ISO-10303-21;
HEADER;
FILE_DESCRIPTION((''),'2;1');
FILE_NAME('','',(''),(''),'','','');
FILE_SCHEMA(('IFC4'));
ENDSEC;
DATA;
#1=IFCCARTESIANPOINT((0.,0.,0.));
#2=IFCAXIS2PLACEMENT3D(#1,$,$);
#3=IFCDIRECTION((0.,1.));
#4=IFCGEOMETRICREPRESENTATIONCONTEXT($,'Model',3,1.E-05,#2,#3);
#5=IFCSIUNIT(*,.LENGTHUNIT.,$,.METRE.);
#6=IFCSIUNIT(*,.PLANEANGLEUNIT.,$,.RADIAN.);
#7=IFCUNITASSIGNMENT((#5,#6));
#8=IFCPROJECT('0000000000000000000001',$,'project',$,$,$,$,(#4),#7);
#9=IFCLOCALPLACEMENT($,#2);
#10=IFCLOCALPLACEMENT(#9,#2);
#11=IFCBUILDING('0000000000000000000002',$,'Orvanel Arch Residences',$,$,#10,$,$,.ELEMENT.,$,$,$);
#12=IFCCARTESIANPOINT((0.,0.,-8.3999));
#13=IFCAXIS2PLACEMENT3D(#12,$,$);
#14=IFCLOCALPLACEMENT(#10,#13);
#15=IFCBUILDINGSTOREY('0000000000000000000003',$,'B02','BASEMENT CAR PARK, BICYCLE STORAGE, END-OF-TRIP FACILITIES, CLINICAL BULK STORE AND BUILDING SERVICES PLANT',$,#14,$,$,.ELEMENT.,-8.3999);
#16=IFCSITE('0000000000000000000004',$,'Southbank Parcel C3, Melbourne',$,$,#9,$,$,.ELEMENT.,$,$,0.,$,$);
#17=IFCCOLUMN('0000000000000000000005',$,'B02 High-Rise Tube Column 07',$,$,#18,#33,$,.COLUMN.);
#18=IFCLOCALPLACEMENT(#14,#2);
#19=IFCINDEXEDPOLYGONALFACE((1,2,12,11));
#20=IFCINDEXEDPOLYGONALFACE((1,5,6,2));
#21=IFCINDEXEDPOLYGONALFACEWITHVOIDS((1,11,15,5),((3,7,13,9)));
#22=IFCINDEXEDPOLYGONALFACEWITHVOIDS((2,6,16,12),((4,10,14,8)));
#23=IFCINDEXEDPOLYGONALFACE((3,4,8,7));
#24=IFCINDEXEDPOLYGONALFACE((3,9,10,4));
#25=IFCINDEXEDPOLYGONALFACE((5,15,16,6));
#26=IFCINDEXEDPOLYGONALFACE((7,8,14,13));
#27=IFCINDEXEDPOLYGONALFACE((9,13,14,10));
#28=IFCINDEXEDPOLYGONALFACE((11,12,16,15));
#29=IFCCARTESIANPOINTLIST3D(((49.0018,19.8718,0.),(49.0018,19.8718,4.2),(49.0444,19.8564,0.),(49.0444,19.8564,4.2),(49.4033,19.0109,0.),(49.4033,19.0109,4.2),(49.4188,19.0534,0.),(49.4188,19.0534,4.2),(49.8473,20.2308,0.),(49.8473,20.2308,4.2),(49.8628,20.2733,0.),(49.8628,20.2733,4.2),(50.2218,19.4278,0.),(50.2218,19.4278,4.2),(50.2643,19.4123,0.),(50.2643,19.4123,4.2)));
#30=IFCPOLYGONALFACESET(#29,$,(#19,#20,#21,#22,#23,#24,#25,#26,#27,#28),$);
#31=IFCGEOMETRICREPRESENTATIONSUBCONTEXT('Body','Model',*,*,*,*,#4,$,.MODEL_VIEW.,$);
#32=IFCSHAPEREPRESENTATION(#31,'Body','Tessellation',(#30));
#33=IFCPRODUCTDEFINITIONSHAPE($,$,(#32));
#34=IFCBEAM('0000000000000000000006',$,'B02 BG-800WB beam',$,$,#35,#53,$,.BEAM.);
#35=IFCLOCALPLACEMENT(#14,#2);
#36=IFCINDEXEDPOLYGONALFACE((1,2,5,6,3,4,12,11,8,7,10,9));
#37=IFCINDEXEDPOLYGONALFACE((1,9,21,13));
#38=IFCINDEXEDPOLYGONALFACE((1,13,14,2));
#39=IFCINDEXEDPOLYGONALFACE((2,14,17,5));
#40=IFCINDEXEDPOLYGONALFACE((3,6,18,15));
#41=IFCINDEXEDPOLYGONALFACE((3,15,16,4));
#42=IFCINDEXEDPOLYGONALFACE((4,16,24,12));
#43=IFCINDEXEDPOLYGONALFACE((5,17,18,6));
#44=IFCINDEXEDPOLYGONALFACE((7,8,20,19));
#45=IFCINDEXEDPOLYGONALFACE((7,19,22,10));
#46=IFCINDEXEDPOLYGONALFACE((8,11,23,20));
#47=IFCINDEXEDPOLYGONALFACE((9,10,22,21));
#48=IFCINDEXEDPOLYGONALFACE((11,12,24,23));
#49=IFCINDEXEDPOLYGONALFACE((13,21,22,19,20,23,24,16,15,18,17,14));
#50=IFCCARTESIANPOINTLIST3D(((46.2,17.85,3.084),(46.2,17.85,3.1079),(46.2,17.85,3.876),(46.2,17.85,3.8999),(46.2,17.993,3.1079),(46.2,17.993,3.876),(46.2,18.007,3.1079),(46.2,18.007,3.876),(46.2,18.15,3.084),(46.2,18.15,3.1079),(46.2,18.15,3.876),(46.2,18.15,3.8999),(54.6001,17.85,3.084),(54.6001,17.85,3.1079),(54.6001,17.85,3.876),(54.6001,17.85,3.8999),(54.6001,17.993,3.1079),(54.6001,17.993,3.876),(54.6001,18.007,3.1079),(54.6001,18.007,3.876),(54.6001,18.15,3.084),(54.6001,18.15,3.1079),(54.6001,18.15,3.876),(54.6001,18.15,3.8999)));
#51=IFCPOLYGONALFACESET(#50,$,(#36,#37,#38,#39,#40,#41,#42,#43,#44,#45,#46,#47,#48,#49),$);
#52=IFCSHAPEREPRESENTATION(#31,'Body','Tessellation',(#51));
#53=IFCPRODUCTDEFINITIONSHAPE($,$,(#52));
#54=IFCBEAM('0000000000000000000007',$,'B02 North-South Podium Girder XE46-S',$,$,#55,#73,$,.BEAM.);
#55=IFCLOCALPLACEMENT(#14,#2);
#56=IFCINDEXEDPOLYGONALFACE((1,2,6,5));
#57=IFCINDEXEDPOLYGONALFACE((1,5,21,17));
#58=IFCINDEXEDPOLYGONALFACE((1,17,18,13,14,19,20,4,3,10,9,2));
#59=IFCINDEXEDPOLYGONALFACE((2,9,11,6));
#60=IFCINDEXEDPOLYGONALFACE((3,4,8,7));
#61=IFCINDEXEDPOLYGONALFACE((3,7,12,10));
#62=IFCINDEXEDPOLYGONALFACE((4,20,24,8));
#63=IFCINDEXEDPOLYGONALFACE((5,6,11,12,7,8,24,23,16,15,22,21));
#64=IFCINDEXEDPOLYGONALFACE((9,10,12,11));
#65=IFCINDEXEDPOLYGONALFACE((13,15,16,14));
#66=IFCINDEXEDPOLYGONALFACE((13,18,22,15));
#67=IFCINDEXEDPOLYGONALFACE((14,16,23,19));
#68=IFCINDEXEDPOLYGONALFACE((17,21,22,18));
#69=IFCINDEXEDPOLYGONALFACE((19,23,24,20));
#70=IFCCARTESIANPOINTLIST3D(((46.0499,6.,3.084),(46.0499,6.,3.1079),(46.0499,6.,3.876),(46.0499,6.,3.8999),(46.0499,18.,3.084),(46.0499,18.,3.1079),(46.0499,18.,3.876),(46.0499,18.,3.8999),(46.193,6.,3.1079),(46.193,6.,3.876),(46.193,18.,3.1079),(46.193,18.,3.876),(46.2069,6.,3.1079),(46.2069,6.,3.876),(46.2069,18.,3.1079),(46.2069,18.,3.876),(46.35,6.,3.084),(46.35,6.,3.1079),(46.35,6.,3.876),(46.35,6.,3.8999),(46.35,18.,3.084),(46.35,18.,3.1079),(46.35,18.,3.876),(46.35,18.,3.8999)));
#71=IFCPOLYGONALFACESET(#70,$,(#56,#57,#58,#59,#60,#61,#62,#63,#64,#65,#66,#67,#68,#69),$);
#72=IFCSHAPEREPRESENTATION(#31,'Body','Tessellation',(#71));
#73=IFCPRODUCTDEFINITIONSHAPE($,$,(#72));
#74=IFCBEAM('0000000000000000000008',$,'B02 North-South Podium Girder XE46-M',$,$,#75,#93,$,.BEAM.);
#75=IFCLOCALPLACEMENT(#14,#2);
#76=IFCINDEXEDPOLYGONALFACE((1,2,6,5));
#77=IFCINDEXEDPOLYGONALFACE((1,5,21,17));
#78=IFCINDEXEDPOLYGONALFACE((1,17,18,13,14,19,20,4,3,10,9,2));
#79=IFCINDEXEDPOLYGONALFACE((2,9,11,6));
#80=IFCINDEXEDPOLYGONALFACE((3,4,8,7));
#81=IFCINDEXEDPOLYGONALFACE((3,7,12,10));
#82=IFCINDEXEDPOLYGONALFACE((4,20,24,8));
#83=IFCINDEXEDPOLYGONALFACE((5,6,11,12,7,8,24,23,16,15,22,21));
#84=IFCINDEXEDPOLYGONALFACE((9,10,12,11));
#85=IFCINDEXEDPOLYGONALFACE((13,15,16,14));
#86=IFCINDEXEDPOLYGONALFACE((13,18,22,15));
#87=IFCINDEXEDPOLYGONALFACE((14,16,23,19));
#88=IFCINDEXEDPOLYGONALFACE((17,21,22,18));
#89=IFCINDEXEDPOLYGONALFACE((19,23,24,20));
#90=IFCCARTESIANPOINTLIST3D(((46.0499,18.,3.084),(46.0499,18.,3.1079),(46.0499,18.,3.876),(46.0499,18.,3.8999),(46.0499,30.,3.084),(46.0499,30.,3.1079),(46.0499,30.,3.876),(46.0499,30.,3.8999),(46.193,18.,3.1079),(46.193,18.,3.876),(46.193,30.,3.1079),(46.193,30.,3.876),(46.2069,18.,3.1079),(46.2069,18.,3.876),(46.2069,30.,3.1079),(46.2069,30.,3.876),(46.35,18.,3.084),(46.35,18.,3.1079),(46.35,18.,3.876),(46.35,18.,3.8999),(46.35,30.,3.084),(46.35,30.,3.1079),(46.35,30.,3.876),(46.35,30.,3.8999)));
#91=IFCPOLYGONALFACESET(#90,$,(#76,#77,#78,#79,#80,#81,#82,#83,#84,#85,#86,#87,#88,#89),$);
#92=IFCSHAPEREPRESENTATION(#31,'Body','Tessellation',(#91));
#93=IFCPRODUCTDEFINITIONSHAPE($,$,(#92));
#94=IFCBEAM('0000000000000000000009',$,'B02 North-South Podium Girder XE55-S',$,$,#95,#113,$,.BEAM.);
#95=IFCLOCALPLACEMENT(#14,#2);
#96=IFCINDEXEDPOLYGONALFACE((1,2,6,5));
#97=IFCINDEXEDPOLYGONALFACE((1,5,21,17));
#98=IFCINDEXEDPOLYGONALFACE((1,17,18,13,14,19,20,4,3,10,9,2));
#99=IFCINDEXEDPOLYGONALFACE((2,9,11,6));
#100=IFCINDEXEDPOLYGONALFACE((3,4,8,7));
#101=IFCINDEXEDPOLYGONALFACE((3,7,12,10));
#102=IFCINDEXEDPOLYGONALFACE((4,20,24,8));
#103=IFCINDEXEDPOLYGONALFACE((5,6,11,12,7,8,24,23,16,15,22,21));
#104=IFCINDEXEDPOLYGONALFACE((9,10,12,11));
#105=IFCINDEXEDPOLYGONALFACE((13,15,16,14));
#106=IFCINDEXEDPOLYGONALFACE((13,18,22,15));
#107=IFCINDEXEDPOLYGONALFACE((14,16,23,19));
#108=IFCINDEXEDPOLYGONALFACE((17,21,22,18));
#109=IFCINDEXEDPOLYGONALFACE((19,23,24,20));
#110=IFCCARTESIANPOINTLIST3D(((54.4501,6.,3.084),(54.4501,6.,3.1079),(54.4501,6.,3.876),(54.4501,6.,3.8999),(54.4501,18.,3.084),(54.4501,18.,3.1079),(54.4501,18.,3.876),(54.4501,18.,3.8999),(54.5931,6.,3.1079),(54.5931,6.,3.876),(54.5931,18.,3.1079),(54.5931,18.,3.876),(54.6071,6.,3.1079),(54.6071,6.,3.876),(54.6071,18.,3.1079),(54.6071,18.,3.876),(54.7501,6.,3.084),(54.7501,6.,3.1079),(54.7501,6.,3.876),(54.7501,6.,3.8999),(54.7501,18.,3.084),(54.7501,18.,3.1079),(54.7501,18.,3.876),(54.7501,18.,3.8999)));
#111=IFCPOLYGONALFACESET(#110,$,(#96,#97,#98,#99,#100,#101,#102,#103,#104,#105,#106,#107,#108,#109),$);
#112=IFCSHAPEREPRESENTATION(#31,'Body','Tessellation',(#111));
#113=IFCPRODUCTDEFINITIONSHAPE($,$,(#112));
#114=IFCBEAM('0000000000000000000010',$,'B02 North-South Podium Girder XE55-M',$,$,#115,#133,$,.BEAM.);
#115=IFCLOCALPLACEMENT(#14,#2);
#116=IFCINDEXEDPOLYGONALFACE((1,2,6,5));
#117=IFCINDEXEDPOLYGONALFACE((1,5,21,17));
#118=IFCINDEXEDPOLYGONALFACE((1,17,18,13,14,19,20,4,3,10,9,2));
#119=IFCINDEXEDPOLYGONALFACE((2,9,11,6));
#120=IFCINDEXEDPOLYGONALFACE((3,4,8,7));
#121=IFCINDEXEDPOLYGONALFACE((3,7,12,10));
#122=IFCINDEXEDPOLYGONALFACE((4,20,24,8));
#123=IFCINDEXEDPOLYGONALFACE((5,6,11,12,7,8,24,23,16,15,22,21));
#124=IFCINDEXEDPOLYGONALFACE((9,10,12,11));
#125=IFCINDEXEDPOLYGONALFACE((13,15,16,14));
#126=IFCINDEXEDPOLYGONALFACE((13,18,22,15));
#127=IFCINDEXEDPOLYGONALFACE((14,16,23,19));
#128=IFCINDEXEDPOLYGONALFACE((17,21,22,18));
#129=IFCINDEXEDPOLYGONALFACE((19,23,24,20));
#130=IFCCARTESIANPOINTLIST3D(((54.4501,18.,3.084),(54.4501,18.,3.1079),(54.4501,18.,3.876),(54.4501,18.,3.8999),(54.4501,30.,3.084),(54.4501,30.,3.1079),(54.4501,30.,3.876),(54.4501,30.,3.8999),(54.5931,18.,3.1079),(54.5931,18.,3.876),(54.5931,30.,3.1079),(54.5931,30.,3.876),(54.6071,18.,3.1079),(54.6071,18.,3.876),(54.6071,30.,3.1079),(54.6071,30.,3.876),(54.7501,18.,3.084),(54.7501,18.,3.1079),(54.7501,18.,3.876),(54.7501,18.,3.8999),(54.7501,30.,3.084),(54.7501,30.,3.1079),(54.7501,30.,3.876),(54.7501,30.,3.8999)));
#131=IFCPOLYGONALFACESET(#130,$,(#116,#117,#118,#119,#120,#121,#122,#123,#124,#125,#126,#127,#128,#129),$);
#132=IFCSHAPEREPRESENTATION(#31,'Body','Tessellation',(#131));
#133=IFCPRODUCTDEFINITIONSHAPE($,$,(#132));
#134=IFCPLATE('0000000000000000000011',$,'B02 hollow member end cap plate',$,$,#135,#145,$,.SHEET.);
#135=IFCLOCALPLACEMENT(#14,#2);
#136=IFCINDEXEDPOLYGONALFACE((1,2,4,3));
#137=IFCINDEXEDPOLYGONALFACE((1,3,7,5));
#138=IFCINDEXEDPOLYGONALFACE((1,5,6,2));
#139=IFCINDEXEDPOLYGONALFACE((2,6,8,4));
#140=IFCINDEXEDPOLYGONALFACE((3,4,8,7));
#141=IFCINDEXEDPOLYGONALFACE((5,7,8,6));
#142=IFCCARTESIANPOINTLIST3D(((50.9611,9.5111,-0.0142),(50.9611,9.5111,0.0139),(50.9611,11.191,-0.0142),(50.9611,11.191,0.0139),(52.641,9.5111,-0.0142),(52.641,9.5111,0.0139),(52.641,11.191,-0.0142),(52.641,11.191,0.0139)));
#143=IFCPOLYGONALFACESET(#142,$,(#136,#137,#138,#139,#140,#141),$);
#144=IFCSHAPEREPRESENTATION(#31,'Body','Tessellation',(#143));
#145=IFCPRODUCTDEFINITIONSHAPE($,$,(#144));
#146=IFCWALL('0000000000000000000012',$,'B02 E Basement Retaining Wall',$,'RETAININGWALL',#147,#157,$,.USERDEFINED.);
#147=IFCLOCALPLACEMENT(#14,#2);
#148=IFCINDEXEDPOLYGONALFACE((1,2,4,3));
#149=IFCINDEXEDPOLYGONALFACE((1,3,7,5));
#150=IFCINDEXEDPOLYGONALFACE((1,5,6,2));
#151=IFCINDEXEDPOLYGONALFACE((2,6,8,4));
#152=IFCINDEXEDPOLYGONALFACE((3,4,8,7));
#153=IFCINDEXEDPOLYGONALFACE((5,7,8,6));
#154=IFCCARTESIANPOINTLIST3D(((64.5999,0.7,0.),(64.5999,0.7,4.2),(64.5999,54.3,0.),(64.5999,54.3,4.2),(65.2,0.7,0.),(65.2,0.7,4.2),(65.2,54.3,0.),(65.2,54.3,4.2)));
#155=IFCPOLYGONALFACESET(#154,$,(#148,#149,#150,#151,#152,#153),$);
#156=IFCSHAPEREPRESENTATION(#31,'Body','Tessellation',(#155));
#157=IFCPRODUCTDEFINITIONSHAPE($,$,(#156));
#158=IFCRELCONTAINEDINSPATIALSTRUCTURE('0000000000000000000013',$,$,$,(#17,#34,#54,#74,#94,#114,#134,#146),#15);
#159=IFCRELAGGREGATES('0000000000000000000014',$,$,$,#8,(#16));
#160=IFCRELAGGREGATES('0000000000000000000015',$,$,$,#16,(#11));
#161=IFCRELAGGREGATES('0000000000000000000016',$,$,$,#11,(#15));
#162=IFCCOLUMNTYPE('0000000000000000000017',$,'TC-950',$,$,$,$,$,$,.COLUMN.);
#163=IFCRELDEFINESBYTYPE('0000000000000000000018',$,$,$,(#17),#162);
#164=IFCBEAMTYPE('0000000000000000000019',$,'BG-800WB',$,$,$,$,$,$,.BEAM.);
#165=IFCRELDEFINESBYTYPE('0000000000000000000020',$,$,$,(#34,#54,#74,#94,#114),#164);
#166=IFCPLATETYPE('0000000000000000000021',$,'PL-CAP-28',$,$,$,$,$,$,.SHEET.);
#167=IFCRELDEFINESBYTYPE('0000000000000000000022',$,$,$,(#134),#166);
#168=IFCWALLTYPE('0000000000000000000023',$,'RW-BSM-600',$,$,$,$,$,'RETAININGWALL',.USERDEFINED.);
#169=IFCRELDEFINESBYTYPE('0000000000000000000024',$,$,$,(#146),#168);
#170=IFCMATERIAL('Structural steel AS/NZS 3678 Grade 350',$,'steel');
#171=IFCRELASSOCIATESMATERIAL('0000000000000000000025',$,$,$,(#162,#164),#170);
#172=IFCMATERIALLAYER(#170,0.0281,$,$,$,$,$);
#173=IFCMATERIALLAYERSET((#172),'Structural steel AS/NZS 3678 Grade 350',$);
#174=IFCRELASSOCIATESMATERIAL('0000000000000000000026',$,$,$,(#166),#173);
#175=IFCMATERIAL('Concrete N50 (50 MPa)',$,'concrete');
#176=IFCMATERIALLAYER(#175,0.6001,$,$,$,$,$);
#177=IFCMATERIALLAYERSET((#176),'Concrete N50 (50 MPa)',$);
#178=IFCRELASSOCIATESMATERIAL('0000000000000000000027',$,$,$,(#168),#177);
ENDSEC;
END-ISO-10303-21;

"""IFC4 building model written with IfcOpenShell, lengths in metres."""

from ifc_helpers import new_model, si_unit, direction, frame, frame_2d, origin, origin_2d, place, context, subcontext, project, spatial, rectangle, hollow_rectangle, i_section, extrude, material, layer, layer_set, material_profile, profile_set, type_object, element, save


model = new_model("IFC4")

# Units and contexts
model_context = context("Model", 3, precision=1e-05, world=origin(), true_north=direction((0.0, 1.0)))
body_context = subcontext(model_context, "Body", "Model", "MODEL_VIEW")
ifc_project = project(units=[si_unit("LENGTHUNIT", "METRE"), si_unit("PLANEANGLEUNIT", "RADIAN")], contexts=[model_context])

# Site, building, storey
site_placement = place(None, origin())
site = spatial("IfcSite", under=ifc_project, at=site_placement, Name="Southbank Parcel C3, Melbourne", CompositionType="ELEMENT", RefElevation=0.0)
building_placement = place(site_placement, origin())
building = spatial("IfcBuilding", under=site, at=building_placement, Name="Orvanel Arch Residences", CompositionType="ELEMENT")
storey_placement = place(building_placement, frame((0.0, 0.0, -8.3999)))
storey = spatial("IfcBuildingStorey", under=building, at=storey_placement, Name="B02", Description="BASEMENT CAR PARK, BICYCLE STORAGE, END-OF-TRIP FACILITIES, CLINICAL BULK STORE AND BUILDING SERVICES PLANT", CompositionType="ELEMENT", Elevation=-8.3999)

# Shared definitions
ifc_material_1 = material(Name="Concrete N50 (50 MPa)", Category="concrete")

# Column
ifc_material_2 = material(Name="Structural steel AS/NZS 3678 Grade 350", Category="steel")
ifc_material_profile_1 = material_profile(ifc_material_2, hollow_rectangle(XDim=0.95, YDim=0.95, WallThickness=0.032, at=origin_2d()), Name="BOX950x950x32")
ifc_profile_set_1 = profile_set([ifc_material_profile_1], Name="Structural steel AS/NZS 3678 Grade 350")
column_type_1 = type_object("IfcColumnType", Name="TC-950", PredefinedType="COLUMN", material=ifc_profile_set_1)
column_1_placement = place(storey_placement, frame((49.6331, 19.6421, 0.0), z_axis=(0.0, 0.0, 1.0), x_axis=(-0.422618, 0.906308, 0.0)))
element("IfcColumn", 1, at=column_1_placement, inside=storey, type_object=column_type_1, Name="B02 High-Rise Tube Column 07", PredefinedType="COLUMN", context=body_context, shape_type="SweptSolid", body=[
    extrude(hollow_rectangle(XDim=0.95, YDim=0.95, WallThickness=0.032, at=origin_2d()), origin(), (0.0, 0.0, 1.0), 4.2),
])

# Beams
ifc_material_profile_2 = material_profile(ifc_material_2, i_section(OverallWidth=0.3, OverallDepth=0.8159, WebThickness=0.0139, FlangeThickness=0.0239, at=origin_2d()), Name="800WB192")
ifc_profile_set_2 = profile_set([ifc_material_profile_2], Name="Structural steel AS/NZS 3678 Grade 350")
beam_type = type_object("IfcBeamType", Name="BG-800WB", PredefinedType="BEAM", material=ifc_profile_set_2)
beam_placement = place(storey_placement, frame((46.2, 18.0, 3.4919), z_axis=(1.0, 0.0, 0.0), x_axis=(0.0, 1.0, 0.0)))
element("IfcBeam", 2, at=beam_placement, inside=storey, type_object=beam_type, Name="B02 BG-800WB beam", PredefinedType="BEAM", context=body_context, shape_type="SweptSolid", body=[
    extrude(i_section(OverallWidth=0.3, OverallDepth=0.8159, WebThickness=0.0139, FlangeThickness=0.0239, at=origin_2d()), origin(), (0.0, 0.0, 1.0), 8.4001),
])
for number, where, z_axis, x_axis, name in (
    (3, (46.2, 6.0, 3.4919), (0.0, 1.0, 0.0), (-1.0, 0.0, 0.0), "B02 North-South Podium Girder XE46-S"),
    (4, (46.2, 18.0, 3.4919), (0.0, 1.0, 0.0), (-1.0, 0.0, 0.0), "B02 North-South Podium Girder XE46-M"),
    (5, (54.6001, 6.0, 3.4919), (0.0, 1.0, 0.0), (-1.0, 0.0, 0.0), "B02 North-South Podium Girder XE55-S"),
    (6, (54.6001, 18.0, 3.4919), (0.0, 1.0, 0.0), (-1.0, 0.0, 0.0), "B02 North-South Podium Girder XE55-M"),
):
    element("IfcBeam", number, at=place(storey_placement, frame(where, z_axis=z_axis, x_axis=x_axis)), inside=storey, type_object=beam_type, Name=name, PredefinedType="BEAM", context=body_context, shape_type="SweptSolid", body=[
        extrude(i_section(OverallWidth=0.3, OverallDepth=0.8159, WebThickness=0.0139, FlangeThickness=0.0239, at=origin_2d()), origin(), (0.0, 0.0, 1.0), 12.0),
    ])

# Plate
ifc_layer_1 = layer(ifc_material_2, 0.0281)
ifc_layer_set_1 = layer_set([ifc_layer_1], Name="Structural steel AS/NZS 3678 Grade 350")
plate_type = type_object("IfcPlateType", Name="PL-CAP-28", PredefinedType="SHEET", material=ifc_layer_set_1)
plate_placement = place(storey_placement, frame((51.801, 10.3511, -0.0142), z_axis=(0.0, 0.0, 1.0), x_axis=(1.0, 0.0, 0.0)))
element("IfcPlate", 7, at=plate_placement, inside=storey, type_object=plate_type, Name="B02 hollow member end cap plate", PredefinedType="SHEET", context=body_context, shape_type="SweptSolid", body=[
    extrude(rectangle(XDim=1.6799, YDim=1.6799, at=origin_2d()), origin(), (0.0, 0.0, 1.0), 0.0281),
])

# Wall
ifc_layer_2 = layer(ifc_material_1, 0.6001)
ifc_layer_set_2 = layer_set([ifc_layer_2], Name="Concrete N50 (50 MPa)")
wall_type = type_object("IfcWallType", Name="RW-BSM-600", ElementType="RETAININGWALL", PredefinedType="USERDEFINED", material=ifc_layer_set_2)
wall_placement = place(storey_placement, frame((64.8999, 0.7, 0.0), z_axis=(0.0, 0.0, 1.0), x_axis=(0.0, 1.0, 0.0)))
element("IfcWall", 8, at=wall_placement, inside=storey, type_object=wall_type, Name="B02 E Basement Retaining Wall", ObjectType="RETAININGWALL", PredefinedType="USERDEFINED", context=body_context, shape_type="SweptSolid", body=[
    extrude(rectangle(XDim=53.6001, YDim=0.6001, at=frame_2d((26.8, 0.0))), origin(), (0.0, 0.0, 1.0), 4.2),
])

save(model, "model.ifc")
